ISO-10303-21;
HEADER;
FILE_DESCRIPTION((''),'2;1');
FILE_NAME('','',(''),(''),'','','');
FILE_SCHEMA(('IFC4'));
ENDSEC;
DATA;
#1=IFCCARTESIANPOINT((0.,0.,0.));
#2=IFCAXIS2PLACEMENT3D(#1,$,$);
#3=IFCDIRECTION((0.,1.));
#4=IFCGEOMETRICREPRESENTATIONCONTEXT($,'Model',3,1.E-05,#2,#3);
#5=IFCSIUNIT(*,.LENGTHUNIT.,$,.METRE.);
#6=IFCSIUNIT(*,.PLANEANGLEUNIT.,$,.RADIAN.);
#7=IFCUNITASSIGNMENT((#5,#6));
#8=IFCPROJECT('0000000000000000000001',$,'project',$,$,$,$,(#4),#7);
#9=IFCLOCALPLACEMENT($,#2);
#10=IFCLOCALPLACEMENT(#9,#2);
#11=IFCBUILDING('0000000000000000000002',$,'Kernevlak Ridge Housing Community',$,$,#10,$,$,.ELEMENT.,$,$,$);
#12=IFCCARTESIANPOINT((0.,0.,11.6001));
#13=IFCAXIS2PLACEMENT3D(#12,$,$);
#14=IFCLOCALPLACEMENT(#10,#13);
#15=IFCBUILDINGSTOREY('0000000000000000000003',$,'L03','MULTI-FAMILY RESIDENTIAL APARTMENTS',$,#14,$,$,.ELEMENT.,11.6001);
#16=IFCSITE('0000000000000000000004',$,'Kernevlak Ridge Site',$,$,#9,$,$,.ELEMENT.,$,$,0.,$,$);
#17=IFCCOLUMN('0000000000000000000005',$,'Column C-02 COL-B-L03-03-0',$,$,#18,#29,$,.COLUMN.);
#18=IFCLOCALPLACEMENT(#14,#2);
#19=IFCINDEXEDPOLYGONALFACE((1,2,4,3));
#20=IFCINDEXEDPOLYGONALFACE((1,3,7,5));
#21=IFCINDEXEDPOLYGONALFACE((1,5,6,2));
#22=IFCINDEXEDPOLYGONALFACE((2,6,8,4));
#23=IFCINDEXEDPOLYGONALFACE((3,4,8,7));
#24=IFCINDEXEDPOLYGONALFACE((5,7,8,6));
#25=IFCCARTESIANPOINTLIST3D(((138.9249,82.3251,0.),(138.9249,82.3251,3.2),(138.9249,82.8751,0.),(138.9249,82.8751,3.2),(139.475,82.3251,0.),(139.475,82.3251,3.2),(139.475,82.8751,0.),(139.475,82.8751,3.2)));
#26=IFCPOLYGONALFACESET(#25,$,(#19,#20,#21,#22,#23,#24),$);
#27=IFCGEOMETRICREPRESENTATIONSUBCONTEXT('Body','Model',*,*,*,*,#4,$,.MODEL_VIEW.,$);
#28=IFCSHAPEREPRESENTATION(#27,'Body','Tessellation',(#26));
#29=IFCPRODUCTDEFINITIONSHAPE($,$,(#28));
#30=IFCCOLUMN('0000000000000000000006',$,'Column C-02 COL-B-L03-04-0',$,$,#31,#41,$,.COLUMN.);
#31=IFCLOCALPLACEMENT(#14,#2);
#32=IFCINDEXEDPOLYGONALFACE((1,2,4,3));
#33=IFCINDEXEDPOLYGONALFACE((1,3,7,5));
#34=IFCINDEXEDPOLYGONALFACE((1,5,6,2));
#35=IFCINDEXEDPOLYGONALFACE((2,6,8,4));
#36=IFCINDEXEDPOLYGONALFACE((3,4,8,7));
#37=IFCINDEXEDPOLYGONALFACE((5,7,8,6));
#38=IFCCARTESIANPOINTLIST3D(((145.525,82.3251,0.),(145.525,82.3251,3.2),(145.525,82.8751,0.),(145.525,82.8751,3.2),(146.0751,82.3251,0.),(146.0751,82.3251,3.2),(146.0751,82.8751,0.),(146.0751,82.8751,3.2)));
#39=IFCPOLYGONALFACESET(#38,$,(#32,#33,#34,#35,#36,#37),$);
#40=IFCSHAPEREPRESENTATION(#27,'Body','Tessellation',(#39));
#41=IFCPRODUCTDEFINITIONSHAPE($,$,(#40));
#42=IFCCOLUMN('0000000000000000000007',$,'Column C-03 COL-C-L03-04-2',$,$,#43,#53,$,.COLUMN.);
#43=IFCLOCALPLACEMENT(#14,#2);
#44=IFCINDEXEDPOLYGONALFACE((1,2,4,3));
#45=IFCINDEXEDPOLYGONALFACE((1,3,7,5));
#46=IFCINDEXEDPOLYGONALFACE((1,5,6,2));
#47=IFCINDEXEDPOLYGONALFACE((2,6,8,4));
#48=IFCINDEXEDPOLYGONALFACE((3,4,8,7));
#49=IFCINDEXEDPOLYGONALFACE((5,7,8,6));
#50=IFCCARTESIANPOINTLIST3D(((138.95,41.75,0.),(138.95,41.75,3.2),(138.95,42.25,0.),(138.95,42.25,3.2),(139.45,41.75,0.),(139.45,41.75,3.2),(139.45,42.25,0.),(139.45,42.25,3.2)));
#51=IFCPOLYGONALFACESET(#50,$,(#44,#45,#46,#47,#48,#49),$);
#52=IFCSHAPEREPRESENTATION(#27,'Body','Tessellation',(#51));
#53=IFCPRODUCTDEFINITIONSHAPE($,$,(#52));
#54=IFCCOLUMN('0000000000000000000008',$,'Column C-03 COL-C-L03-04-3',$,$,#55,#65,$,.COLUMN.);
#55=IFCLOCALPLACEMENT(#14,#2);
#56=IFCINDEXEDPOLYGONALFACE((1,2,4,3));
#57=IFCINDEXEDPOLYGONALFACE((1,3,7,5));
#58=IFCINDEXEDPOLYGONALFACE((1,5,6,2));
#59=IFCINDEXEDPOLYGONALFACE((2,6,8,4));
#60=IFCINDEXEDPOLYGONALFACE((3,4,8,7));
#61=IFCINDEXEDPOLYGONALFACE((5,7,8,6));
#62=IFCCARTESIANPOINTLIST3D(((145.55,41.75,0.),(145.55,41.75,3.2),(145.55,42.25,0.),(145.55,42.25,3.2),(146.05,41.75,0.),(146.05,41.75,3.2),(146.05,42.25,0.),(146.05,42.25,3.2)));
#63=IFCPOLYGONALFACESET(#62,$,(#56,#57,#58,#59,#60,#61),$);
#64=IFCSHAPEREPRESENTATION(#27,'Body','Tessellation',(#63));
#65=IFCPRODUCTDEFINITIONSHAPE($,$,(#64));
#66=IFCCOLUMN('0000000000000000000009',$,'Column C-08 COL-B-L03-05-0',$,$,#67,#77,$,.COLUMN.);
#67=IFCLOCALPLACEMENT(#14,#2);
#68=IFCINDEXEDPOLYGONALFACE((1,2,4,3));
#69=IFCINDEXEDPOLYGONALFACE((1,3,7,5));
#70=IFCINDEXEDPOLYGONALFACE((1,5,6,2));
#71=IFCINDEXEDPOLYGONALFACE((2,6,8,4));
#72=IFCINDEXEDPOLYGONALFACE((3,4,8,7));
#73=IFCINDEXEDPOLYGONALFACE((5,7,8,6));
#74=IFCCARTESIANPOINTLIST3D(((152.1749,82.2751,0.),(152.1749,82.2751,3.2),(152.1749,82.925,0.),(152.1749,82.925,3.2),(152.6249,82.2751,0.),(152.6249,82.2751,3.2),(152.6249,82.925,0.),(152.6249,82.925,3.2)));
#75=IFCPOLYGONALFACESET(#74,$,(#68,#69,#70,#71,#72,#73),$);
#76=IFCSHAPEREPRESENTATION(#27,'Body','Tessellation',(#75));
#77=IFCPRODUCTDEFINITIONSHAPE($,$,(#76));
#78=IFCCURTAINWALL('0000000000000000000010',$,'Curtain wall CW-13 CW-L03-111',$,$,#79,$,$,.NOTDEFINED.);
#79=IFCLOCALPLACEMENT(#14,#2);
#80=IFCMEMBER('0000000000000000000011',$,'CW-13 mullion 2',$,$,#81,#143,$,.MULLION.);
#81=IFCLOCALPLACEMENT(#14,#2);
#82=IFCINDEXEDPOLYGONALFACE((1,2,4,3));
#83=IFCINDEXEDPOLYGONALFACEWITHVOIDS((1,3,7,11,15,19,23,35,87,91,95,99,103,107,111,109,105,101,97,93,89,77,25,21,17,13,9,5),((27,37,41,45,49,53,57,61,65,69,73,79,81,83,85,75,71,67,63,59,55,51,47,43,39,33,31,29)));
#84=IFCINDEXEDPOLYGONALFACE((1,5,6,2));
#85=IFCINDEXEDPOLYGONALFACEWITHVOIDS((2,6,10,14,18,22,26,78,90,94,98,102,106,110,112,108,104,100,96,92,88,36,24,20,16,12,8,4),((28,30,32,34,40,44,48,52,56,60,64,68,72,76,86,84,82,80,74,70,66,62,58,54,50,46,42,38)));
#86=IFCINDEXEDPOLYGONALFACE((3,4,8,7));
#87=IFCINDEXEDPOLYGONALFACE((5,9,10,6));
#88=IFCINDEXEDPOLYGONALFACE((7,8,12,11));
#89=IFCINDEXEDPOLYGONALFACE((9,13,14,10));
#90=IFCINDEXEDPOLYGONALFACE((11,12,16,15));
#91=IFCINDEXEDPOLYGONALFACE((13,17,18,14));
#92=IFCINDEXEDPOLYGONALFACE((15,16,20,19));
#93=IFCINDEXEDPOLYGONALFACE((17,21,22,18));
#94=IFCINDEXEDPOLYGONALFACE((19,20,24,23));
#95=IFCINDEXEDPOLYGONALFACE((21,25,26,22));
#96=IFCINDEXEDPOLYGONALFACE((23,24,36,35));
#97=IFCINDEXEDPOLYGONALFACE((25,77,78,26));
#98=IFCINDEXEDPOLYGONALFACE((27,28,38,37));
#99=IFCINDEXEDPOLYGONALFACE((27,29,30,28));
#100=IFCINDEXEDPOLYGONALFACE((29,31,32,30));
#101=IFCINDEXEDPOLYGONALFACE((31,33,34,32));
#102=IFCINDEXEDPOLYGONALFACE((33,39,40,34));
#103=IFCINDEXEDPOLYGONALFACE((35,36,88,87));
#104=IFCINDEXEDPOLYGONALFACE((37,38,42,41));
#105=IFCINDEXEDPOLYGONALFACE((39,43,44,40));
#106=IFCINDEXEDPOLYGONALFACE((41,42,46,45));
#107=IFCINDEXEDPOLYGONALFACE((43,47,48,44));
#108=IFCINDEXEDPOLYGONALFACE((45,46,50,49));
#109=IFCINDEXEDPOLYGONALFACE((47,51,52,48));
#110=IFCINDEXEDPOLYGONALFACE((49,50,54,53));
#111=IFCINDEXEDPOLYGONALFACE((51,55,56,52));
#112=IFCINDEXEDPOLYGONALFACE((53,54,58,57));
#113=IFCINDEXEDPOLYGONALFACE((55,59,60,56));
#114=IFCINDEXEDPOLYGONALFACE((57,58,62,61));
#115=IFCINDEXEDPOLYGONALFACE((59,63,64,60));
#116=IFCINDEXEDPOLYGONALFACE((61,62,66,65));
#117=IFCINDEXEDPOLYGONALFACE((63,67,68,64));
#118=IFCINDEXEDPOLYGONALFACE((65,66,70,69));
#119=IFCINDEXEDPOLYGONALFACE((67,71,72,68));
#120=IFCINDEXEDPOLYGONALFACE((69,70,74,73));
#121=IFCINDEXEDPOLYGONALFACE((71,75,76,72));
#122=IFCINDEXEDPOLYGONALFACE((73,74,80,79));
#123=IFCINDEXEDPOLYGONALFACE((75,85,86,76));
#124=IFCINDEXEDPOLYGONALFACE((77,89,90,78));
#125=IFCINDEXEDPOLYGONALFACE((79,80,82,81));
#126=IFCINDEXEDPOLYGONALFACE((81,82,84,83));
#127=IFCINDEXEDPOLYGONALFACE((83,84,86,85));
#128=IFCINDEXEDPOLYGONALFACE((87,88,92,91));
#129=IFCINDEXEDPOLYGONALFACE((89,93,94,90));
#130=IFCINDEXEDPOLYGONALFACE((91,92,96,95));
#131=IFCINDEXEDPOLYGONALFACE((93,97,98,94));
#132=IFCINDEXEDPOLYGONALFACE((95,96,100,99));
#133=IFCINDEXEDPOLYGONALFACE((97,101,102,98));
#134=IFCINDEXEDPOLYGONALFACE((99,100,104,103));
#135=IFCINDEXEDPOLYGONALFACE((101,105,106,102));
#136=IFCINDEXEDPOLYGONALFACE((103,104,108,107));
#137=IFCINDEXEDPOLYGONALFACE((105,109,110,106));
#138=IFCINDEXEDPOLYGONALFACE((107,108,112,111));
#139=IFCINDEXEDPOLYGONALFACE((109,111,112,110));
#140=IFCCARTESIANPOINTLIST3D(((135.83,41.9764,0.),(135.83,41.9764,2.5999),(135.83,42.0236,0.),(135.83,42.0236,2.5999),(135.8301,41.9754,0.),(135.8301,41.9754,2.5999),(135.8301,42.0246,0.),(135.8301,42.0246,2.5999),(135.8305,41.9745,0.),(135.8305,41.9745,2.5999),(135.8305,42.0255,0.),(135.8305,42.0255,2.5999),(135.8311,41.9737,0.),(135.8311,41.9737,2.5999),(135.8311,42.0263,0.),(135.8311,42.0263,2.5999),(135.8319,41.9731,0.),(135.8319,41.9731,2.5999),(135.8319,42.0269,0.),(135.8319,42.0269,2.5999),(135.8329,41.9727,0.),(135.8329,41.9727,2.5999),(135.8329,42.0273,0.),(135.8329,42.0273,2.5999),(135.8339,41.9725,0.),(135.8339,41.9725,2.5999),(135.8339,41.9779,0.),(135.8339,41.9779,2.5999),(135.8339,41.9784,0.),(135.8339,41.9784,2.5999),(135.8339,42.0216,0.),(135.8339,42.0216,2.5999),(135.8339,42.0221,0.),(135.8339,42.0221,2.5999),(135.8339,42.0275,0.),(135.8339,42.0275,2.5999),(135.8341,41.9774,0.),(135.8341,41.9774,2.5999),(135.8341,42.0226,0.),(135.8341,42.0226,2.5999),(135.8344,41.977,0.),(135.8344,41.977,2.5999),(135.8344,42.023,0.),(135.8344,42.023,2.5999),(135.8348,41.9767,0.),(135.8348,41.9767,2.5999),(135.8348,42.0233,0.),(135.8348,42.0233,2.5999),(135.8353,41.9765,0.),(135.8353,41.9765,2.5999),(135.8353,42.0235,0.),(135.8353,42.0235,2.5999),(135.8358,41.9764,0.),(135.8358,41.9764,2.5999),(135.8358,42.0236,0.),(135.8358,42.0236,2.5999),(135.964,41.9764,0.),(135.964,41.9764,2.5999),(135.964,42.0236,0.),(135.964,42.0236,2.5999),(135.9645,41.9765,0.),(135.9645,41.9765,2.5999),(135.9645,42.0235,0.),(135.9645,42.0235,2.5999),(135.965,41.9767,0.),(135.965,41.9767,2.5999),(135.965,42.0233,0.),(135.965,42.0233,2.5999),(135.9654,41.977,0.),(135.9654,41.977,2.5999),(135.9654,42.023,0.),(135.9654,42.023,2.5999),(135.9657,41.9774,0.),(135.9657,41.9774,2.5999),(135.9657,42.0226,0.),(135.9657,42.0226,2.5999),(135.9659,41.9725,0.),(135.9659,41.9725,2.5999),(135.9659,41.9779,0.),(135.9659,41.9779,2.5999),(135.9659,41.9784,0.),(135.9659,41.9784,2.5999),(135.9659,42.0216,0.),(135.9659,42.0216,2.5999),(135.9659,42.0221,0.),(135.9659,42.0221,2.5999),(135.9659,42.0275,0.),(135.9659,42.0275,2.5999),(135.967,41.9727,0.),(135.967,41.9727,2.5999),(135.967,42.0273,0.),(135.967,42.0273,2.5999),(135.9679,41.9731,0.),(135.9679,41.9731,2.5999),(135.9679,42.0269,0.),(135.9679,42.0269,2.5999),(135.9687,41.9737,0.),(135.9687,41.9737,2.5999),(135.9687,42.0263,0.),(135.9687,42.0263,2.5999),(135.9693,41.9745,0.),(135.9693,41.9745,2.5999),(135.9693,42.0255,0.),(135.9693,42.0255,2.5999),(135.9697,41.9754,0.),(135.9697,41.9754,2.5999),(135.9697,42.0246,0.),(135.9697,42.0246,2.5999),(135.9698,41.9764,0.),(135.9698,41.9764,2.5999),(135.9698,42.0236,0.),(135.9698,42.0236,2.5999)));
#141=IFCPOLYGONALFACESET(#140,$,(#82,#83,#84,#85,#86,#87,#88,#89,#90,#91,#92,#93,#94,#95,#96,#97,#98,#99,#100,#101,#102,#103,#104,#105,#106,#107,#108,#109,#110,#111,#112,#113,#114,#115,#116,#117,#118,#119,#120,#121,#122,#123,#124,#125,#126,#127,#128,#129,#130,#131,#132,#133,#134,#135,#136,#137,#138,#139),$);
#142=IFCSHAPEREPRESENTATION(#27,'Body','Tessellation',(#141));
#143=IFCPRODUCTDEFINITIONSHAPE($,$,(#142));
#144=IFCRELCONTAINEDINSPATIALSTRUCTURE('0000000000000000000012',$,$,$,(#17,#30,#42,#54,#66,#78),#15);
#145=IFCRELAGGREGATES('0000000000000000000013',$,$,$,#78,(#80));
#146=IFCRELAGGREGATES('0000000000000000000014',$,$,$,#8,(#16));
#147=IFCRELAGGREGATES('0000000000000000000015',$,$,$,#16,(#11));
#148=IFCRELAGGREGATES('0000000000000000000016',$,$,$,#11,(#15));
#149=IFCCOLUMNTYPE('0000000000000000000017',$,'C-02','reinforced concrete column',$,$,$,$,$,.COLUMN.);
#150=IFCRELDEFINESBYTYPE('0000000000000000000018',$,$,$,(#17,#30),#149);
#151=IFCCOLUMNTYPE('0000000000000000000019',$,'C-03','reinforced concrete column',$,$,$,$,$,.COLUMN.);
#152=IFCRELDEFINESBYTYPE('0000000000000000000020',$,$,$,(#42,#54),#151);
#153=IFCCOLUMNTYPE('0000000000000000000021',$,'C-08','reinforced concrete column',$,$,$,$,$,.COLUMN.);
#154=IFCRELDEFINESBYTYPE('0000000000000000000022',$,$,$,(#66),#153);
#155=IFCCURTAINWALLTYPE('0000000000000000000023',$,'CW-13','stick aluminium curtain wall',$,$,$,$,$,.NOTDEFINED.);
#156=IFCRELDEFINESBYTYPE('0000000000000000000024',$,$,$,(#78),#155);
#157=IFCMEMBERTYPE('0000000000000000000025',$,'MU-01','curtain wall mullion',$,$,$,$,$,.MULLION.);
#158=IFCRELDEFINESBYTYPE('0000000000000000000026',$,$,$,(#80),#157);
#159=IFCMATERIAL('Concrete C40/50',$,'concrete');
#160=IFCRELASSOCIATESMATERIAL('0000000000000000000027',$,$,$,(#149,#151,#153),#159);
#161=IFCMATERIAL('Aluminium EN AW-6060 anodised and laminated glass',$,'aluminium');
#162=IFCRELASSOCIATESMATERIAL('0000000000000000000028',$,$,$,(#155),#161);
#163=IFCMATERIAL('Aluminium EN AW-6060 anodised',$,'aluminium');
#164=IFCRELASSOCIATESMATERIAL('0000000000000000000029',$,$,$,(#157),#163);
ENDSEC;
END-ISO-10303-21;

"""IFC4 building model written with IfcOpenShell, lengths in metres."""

from ifc_helpers import new_model, si_unit, direction, frame, origin, origin_2d, place, context, subcontext, project, spatial, rectangle, hollow_rectangle, extrude, material, material_profile, profile_set, type_object, element, aggregate, save


model = new_model("IFC4")

# Units and contexts
model_context = context("Model", 3, precision=1e-05, world=origin(), true_north=direction((0.0, 1.0)))
body_context = subcontext(model_context, "Body", "Model", "MODEL_VIEW")
ifc_project = project(units=[si_unit("LENGTHUNIT", "METRE"), si_unit("PLANEANGLEUNIT", "RADIAN")], contexts=[model_context])

# Site, building, storey
site_placement = place(None, origin())
site = spatial("IfcSite", under=ifc_project, at=site_placement, Name="Kernevlak Ridge Site", CompositionType="ELEMENT", RefElevation=0.0)
building_placement = place(site_placement, origin())
building = spatial("IfcBuilding", under=site, at=building_placement, Name="Kernevlak Ridge Housing Community", CompositionType="ELEMENT")
storey_placement = place(building_placement, frame((0.0, 0.0, 11.6001)))
storey = spatial("IfcBuildingStorey", under=building, at=storey_placement, Name="L03", Description="MULTI-FAMILY RESIDENTIAL APARTMENTS", CompositionType="ELEMENT", Elevation=11.6001)

# Columns
ifc_material_1 = material(Name="Concrete C40/50", Category="concrete")
ifc_material_profile_1 = material_profile(ifc_material_1, rectangle(XDim=0.55, YDim=0.55, at=origin_2d()), Name="RC 550x550")
ifc_profile_set_1 = profile_set([ifc_material_profile_1], Name="Concrete C40/50")
column_type_1 = type_object("IfcColumnType", Name="C-02", Description="reinforced concrete column", PredefinedType="COLUMN", material=ifc_profile_set_1)
for number, where, z_axis, x_axis, name in (
    (1, (139.2, 82.6001, 0.0), (0.0, 0.0, 1.0), (1.0, 0.0, 0.0), "Column C-02 COL-B-L03-03-0"),
    (2, (145.8, 82.6001, 0.0), (0.0, 0.0, 1.0), (1.0, 0.0, 0.0), "Column C-02 COL-B-L03-04-0"),
):
    element("IfcColumn", number, at=place(storey_placement, frame(where, z_axis=z_axis, x_axis=x_axis)), inside=storey, type_object=column_type_1, Name=name, PredefinedType="COLUMN", context=body_context, shape_type="SweptSolid", body=[
        extrude(rectangle(XDim=0.55, YDim=0.55, at=origin_2d()), origin(), (0.0, 0.0, 1.0), 3.2),
    ])
ifc_material_profile_2 = material_profile(ifc_material_1, rectangle(XDim=0.5, YDim=0.5, at=origin_2d()), Name="RC 500x500")
ifc_profile_set_2 = profile_set([ifc_material_profile_2], Name="Concrete C40/50")
column_type_2 = type_object("IfcColumnType", Name="C-03", Description="reinforced concrete column", PredefinedType="COLUMN", material=ifc_profile_set_2)
for number, where, z_axis, x_axis, name in (
    (3, (139.2, 42.0, 0.0), (0.0, 0.0, 1.0), (1.0, 0.0, 0.0), "Column C-03 COL-C-L03-04-2"),
    (4, (145.8, 42.0, 0.0), (0.0, 0.0, 1.0), (1.0, 0.0, 0.0), "Column C-03 COL-C-L03-04-3"),
):
    element("IfcColumn", number, at=place(storey_placement, frame(where, z_axis=z_axis, x_axis=x_axis)), inside=storey, type_object=column_type_2, Name=name, PredefinedType="COLUMN", context=body_context, shape_type="SweptSolid", body=[
        extrude(rectangle(XDim=0.5, YDim=0.5, at=origin_2d()), origin(), (0.0, 0.0, 1.0), 3.2),
    ])
ifc_material_profile_3 = material_profile(ifc_material_1, rectangle(XDim=0.45, YDim=0.6499, at=origin_2d()), Name="RC 450x650")
ifc_profile_set_3 = profile_set([ifc_material_profile_3], Name="Concrete C40/50")
column_type_3 = type_object("IfcColumnType", Name="C-08", Description="reinforced concrete column", PredefinedType="COLUMN", material=ifc_profile_set_3)
column_placement = place(storey_placement, frame((152.3999, 82.6001, 0.0), z_axis=(0.0, 0.0, 1.0), x_axis=(1.0, 0.0, 0.0)))
element("IfcColumn", 5, at=column_placement, inside=storey, type_object=column_type_3, Name="Column C-08 COL-B-L03-05-0", PredefinedType="COLUMN", context=body_context, shape_type="SweptSolid", body=[
    extrude(rectangle(XDim=0.45, YDim=0.6499, at=origin_2d()), origin(), (0.0, 0.0, 1.0), 3.2),
])

# Curtain wall, member
ifc_material_2 = material(Name="Aluminium EN AW-6060 anodised and laminated glass", Category="aluminium")
curtain_wall_type = type_object("IfcCurtainWallType", Name="CW-13", Description="stick aluminium curtain wall", PredefinedType="NOTDEFINED", material=ifc_material_2)
curtain_wall_placement = place(storey_placement, origin())
curtain_wall = element("IfcCurtainWall", 6, at=curtain_wall_placement, inside=storey, type_object=curtain_wall_type, Name="Curtain wall CW-13 CW-L03-111", PredefinedType="NOTDEFINED")
ifc_material_3 = material(Name="Aluminium EN AW-6060 anodised", Category="aluminium")
ifc_material_profile_4 = material_profile(ifc_material_3, hollow_rectangle(XDim=0.0549, YDim=0.1399, WallThickness=0.0039, InnerFilletRadius=0.002, OuterFilletRadius=0.0039, at=origin_2d()), Name="ALU 55x140x4")
ifc_profile_set_4 = profile_set([ifc_material_profile_4], Name="Aluminium EN AW-6060 anodised")
member_type_1 = type_object("IfcMemberType", Name="MU-01", Description="curtain wall mullion", PredefinedType="MULLION", material=ifc_profile_set_4)
member_1_placement = place(storey_placement, frame((135.8999, 42.0, 0.0), z_axis=(0.0, 0.0, 1.0), x_axis=(0.0, 1.0, 0.0)))
member_1 = element("IfcMember", 7, at=member_1_placement, type_object=member_type_1, Name="CW-13 mullion 2", PredefinedType="MULLION", context=body_context, shape_type="SweptSolid", body=[
    extrude(hollow_rectangle(XDim=0.0549, YDim=0.1399, WallThickness=0.0039, InnerFilletRadius=0.002, OuterFilletRadius=0.0039, at=origin_2d()), origin(), (0.0, 0.0, 1.0), 2.5999),
])

aggregate(curtain_wall, [member_1])

save(model, "model.ifc")
